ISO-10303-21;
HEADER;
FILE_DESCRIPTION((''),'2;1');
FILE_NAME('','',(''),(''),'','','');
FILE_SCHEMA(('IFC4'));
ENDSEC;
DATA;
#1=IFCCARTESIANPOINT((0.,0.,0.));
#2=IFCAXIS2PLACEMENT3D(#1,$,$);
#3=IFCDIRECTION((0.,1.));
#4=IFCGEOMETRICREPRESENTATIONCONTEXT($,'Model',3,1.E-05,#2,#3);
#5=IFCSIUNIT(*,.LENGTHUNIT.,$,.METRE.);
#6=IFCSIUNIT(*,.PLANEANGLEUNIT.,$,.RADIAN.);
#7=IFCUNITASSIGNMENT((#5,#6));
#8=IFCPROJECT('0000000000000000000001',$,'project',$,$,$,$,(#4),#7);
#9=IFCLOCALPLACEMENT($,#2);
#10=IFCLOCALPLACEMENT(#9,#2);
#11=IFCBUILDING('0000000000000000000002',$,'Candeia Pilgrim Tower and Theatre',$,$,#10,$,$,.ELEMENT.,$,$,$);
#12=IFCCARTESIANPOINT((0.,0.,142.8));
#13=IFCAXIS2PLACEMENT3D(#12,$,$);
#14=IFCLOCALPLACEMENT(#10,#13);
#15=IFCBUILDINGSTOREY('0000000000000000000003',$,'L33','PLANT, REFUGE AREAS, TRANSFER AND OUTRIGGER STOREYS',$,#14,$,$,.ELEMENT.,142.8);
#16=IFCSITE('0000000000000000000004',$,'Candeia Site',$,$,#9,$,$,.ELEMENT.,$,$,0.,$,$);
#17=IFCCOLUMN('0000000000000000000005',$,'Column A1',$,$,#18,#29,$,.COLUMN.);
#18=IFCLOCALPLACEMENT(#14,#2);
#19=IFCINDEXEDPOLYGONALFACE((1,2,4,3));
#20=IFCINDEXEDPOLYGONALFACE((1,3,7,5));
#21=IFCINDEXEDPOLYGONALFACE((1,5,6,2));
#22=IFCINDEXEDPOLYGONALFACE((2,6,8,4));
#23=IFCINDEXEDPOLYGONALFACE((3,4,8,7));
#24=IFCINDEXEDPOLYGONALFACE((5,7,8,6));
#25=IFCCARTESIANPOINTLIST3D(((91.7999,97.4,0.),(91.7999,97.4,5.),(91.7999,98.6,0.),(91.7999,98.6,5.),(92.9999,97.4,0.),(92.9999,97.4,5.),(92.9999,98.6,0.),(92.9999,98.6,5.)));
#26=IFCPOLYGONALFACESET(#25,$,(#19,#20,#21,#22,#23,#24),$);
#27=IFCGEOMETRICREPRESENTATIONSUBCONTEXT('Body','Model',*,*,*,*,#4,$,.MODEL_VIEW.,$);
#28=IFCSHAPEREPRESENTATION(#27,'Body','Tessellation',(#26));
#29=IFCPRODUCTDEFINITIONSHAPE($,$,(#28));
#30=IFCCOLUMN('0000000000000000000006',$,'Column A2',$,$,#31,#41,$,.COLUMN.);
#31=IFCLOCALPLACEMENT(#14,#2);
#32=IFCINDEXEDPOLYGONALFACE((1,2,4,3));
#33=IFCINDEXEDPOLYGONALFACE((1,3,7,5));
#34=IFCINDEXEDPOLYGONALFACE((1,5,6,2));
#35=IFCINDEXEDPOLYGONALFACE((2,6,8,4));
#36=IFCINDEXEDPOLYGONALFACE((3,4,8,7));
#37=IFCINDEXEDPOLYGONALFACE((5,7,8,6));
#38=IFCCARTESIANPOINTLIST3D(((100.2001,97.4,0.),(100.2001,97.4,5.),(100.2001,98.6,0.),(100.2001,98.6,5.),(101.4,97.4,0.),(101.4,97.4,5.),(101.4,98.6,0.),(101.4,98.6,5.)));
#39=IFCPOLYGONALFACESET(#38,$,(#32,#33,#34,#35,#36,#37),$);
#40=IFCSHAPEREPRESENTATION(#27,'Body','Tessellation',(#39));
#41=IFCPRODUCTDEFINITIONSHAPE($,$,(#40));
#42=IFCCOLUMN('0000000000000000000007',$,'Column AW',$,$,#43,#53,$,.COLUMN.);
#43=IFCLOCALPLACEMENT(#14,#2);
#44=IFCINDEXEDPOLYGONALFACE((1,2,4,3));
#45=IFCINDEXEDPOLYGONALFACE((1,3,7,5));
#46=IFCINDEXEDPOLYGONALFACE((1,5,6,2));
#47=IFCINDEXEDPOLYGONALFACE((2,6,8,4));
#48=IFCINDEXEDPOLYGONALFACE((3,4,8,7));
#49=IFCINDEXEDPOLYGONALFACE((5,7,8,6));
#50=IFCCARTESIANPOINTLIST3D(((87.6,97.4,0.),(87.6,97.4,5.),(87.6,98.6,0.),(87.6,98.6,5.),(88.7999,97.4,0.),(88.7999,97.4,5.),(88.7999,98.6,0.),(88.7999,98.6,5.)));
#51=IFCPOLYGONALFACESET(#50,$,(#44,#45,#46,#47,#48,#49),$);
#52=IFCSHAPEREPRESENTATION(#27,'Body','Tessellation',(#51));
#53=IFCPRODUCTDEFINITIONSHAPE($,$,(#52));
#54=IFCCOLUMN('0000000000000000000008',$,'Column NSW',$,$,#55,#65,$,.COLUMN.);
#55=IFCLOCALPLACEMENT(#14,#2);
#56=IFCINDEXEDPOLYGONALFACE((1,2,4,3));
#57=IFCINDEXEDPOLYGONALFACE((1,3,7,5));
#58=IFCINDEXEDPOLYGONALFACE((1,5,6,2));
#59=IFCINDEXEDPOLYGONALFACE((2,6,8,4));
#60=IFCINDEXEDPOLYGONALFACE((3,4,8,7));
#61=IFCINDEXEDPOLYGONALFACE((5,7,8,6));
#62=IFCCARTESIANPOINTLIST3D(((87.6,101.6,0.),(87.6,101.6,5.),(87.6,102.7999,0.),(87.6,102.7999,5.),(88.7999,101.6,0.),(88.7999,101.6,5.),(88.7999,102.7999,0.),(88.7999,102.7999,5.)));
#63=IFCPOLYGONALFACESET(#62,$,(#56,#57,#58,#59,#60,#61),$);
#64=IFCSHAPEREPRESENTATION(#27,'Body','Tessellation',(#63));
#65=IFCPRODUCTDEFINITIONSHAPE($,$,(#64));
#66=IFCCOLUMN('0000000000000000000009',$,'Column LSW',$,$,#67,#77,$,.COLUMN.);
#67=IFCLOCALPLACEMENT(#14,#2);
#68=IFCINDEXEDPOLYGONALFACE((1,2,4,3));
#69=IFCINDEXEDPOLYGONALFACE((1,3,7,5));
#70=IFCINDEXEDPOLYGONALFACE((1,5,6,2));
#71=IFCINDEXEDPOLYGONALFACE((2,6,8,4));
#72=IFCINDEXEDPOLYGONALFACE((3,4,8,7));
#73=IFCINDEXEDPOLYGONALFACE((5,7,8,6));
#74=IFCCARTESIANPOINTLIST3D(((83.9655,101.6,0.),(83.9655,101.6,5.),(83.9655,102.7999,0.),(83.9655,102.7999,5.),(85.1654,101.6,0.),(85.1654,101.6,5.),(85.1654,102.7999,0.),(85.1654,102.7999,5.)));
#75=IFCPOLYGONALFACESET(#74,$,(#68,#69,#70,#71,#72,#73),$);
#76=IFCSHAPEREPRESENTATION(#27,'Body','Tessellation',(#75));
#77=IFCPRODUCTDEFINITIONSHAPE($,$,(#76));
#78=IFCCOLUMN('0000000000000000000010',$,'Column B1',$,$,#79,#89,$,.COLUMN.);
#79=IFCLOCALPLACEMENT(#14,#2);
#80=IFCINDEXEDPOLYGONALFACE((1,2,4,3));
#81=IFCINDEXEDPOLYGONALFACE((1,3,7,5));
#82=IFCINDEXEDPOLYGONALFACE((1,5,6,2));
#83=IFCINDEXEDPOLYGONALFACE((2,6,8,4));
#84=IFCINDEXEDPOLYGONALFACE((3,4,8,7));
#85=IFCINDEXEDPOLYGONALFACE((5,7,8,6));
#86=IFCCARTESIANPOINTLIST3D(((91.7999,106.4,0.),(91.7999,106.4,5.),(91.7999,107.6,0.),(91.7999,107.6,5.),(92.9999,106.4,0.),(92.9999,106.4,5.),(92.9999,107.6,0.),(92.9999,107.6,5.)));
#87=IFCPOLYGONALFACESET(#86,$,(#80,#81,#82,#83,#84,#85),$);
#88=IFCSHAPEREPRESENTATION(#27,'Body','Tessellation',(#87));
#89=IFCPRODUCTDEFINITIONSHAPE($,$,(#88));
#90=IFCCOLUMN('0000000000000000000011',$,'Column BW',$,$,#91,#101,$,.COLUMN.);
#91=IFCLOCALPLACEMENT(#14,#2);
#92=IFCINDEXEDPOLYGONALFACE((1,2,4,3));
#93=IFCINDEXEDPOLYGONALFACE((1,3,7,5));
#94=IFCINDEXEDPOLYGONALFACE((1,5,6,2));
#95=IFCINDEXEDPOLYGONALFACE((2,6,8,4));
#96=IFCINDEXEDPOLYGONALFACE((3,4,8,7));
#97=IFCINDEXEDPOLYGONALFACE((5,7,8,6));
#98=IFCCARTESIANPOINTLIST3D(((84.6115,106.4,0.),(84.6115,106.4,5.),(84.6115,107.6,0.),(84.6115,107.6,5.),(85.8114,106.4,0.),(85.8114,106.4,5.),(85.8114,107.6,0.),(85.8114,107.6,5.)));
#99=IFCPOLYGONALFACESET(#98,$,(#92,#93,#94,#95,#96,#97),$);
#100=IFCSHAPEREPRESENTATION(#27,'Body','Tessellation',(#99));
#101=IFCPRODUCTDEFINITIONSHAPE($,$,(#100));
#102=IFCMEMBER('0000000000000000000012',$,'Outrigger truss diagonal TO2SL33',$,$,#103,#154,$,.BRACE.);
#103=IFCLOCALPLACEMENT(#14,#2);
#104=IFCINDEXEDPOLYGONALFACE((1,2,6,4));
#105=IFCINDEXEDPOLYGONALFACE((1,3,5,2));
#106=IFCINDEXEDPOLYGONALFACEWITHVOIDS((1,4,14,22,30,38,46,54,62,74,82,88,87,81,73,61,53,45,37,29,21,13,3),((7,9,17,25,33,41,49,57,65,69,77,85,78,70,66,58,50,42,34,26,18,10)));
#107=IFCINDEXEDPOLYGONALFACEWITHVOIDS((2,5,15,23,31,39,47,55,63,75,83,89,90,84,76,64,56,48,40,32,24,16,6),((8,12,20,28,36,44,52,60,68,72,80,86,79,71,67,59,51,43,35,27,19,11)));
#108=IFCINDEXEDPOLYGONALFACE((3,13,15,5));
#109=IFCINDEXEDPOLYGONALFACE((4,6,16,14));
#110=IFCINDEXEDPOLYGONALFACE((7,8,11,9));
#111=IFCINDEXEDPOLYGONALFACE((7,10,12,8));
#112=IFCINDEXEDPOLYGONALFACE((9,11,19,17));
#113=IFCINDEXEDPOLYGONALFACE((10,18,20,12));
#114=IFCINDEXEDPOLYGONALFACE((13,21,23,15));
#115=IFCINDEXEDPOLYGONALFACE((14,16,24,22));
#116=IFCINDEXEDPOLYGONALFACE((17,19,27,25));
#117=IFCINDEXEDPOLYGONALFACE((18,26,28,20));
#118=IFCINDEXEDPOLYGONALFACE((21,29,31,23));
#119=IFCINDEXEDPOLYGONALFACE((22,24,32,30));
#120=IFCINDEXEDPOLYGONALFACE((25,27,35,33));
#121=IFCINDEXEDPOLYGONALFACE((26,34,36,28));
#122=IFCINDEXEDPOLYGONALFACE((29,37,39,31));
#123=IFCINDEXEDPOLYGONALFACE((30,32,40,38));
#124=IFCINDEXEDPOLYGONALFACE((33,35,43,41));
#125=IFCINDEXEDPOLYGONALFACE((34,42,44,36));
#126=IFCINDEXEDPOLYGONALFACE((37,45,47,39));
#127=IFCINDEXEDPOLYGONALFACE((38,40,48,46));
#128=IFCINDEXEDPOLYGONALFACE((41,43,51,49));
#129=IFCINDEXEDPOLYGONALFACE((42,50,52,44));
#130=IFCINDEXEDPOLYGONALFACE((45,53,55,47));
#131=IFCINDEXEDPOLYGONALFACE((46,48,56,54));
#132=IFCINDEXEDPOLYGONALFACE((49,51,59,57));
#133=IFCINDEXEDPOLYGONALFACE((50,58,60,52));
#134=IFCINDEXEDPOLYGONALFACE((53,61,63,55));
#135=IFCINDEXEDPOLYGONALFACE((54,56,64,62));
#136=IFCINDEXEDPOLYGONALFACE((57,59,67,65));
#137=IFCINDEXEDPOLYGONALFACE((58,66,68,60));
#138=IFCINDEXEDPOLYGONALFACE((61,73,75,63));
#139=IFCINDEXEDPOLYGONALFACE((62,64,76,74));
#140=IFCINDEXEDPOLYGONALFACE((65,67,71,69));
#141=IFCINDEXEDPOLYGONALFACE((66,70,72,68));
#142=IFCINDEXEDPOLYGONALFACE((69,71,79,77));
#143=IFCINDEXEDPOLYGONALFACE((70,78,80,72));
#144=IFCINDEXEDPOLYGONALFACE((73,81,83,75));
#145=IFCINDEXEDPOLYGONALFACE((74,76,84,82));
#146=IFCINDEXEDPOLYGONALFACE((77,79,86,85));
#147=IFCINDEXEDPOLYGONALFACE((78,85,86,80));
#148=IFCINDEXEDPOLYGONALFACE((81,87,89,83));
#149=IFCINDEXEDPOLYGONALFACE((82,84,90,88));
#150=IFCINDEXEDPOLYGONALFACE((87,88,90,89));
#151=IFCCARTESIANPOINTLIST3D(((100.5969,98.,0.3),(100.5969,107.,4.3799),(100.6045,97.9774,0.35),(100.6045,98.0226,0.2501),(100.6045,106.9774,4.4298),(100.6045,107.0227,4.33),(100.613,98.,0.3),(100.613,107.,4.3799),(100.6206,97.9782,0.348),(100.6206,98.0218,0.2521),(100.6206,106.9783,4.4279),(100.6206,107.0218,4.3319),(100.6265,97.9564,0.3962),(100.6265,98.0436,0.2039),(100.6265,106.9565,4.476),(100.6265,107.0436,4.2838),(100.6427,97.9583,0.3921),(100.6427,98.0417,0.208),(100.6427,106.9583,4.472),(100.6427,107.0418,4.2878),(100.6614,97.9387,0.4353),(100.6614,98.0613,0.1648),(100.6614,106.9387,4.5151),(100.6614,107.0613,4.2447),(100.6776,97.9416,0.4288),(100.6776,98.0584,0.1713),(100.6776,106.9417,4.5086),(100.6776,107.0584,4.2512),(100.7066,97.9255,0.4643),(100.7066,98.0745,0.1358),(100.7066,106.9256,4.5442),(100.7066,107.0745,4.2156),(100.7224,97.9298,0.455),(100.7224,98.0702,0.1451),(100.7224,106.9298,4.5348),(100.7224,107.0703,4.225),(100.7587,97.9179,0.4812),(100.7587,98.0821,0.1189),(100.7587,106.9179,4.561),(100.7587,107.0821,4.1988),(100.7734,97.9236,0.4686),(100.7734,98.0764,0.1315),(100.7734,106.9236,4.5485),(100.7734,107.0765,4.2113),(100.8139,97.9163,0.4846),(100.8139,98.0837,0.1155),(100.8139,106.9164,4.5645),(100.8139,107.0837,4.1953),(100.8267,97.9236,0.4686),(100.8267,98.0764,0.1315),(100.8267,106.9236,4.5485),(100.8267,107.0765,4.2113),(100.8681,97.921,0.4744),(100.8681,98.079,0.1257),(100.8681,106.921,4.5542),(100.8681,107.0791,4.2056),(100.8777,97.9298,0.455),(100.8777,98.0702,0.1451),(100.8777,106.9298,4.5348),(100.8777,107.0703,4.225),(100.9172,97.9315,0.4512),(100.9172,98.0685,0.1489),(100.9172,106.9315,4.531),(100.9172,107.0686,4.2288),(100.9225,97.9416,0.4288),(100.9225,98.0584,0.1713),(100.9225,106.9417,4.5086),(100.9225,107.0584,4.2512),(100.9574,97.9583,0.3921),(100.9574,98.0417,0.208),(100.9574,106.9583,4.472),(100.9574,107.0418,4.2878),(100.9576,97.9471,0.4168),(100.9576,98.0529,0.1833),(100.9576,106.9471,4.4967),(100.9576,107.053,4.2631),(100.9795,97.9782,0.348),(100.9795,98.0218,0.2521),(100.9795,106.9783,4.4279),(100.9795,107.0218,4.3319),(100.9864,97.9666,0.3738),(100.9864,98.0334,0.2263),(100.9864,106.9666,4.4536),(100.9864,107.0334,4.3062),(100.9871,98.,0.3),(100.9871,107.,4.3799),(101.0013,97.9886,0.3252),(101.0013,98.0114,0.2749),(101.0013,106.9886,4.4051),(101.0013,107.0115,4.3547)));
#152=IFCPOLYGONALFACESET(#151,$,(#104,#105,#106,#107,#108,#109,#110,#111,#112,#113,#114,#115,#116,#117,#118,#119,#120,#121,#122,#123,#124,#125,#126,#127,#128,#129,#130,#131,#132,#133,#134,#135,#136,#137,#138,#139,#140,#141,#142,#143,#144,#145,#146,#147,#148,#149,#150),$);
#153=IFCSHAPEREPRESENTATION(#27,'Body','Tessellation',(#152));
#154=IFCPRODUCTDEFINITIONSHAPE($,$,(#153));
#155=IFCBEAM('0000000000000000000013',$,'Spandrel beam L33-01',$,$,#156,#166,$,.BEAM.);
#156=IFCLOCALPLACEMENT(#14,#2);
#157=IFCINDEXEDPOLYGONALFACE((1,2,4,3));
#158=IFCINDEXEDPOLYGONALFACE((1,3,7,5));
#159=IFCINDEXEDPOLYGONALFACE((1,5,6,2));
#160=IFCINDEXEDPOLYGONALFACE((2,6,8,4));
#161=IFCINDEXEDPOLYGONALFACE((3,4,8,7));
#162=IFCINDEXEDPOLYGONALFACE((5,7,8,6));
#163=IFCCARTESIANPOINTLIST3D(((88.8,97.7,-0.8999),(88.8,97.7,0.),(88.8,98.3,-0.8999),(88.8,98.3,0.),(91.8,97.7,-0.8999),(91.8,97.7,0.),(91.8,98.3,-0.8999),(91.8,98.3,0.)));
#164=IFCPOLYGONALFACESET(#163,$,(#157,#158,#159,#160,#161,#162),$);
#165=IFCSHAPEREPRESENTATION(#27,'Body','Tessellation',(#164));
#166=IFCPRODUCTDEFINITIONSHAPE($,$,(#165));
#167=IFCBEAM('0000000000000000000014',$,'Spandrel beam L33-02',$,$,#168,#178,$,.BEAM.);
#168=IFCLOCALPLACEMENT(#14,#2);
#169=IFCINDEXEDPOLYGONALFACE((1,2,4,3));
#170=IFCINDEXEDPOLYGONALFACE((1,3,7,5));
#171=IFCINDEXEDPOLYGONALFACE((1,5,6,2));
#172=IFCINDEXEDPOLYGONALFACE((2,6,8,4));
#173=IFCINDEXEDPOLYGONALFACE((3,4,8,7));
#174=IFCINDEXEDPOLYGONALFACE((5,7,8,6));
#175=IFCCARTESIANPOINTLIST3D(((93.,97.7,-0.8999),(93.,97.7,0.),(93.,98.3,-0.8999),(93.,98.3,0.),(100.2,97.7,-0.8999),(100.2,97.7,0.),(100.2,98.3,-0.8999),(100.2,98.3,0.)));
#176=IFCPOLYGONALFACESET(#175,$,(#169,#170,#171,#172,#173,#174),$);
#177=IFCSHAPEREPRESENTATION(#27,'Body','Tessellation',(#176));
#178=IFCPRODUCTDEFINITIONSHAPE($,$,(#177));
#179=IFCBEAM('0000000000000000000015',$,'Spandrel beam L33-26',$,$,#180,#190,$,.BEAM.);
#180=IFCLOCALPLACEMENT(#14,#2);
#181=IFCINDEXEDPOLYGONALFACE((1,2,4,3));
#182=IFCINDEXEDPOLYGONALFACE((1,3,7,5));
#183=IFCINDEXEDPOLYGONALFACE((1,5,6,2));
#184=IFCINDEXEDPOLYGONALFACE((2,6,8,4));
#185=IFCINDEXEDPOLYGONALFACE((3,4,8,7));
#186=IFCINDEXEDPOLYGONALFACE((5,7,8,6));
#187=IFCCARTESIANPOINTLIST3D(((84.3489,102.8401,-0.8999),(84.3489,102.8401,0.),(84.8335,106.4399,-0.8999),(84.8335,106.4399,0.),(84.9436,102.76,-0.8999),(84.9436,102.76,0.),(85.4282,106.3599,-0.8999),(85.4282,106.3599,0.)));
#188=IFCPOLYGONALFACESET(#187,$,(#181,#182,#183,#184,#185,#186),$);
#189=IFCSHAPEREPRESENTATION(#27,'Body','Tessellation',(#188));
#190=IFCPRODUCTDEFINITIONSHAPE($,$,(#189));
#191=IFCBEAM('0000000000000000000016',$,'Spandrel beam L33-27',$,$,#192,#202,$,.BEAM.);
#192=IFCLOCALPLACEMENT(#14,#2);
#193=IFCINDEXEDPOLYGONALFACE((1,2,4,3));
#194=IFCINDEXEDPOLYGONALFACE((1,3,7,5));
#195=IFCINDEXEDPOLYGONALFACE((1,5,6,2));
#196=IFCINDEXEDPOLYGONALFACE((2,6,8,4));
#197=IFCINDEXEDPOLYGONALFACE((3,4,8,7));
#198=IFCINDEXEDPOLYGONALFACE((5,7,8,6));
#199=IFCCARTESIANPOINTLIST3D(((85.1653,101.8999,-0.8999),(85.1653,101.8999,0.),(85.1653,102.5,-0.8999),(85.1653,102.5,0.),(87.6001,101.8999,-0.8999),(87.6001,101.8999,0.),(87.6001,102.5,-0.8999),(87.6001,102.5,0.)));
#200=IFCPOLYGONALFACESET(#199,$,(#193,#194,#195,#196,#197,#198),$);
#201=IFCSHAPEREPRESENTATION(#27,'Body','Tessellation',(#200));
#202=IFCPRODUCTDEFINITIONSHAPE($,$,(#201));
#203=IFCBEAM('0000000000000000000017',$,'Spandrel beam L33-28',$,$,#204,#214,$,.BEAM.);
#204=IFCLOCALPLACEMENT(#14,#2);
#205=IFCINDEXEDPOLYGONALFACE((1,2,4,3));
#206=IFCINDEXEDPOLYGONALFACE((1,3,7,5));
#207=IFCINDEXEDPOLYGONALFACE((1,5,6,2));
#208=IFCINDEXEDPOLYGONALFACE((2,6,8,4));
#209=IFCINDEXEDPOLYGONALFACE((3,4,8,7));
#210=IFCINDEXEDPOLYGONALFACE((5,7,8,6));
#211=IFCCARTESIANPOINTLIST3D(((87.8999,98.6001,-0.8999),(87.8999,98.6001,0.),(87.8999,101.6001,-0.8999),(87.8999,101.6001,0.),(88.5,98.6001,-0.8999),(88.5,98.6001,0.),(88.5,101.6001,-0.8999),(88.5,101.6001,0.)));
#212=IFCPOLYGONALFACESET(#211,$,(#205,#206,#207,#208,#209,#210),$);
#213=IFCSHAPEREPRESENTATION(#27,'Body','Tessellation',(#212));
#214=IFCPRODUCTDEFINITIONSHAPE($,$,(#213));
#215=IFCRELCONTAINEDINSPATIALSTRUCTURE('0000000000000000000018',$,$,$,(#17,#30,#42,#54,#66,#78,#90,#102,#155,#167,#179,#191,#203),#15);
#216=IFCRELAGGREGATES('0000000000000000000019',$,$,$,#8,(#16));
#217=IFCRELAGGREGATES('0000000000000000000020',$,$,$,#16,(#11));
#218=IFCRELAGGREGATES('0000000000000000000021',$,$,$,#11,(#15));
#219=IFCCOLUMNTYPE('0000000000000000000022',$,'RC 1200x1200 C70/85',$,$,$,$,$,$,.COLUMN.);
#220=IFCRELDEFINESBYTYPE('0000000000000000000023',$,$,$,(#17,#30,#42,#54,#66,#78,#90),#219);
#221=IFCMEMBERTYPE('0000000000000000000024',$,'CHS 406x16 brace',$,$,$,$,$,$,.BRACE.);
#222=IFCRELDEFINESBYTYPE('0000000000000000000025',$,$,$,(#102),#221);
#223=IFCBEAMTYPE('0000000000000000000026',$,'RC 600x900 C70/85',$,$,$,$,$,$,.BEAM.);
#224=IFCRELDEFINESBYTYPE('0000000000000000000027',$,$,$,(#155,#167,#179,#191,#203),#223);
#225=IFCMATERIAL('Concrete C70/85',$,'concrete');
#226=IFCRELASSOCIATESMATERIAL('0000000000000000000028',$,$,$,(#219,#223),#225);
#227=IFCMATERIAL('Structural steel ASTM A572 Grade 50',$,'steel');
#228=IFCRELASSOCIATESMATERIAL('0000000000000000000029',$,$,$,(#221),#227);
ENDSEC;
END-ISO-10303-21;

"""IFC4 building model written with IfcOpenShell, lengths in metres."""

from ifc_helpers import new_model, si_unit, direction, frame, origin, origin_2d, place, context, subcontext, project, spatial, rectangle, hollow_circle, extrude, material, material_profile, profile_set, type_object, element, save


model = new_model("IFC4")

# Units and contexts
model_context = context("Model", 3, precision=1e-05, world=origin(), true_north=direction((0.0, 1.0)))
body_context = subcontext(model_context, "Body", "Model", "MODEL_VIEW")
ifc_project = project(units=[si_unit("LENGTHUNIT", "METRE"), si_unit("PLANEANGLEUNIT", "RADIAN")], contexts=[model_context])

# Site, building, storey
site_placement = place(None, origin())
site = spatial("IfcSite", under=ifc_project, at=site_placement, Name="Candeia Site", CompositionType="ELEMENT", RefElevation=0.0)
building_placement = place(site_placement, origin())
building = spatial("IfcBuilding", under=site, at=building_placement, Name="Candeia Pilgrim Tower and Theatre", CompositionType="ELEMENT")
storey_placement = place(building_placement, frame((0.0, 0.0, 142.8)))
storey = spatial("IfcBuildingStorey", under=building, at=storey_placement, Name="L33", Description="PLANT, REFUGE AREAS, TRANSFER AND OUTRIGGER STOREYS", CompositionType="ELEMENT", Elevation=142.8)

# Columns
ifc_material_1 = material(Name="Concrete C70/85", Category="concrete")
ifc_material_profile_1 = material_profile(ifc_material_1, rectangle(XDim=1.2, YDim=1.2, at=origin_2d()))
ifc_profile_set_1 = profile_set([ifc_material_profile_1], Name="Concrete C70/85")
column_type = type_object("IfcColumnType", Name="RC 1200x1200 C70/85", PredefinedType="COLUMN", material=ifc_profile_set_1)
for number, where, z_axis, x_axis, name in (
    (1, (92.3999, 98.0, 0.0), (0.0, 0.0, 1.0), (1.0, 0.0, 0.0), "Column A1"),
    (2, (100.8, 98.0, 0.0), (0.0, 0.0, 1.0), (1.0, 0.0, 0.0), "Column A2"),
    (3, (88.2, 98.0, 0.0), (0.0, 0.0, 1.0), (1.0, 0.0, 0.0), "Column AW"),
    (4, (88.2, 102.2, 0.0), (0.0, 0.0, 1.0), (1.0, 0.0, 0.0), "Column NSW"),
    (5, (84.5654, 102.2, 0.0), (0.0, 0.0, 1.0), (1.0, 0.0, 0.0), "Column LSW"),
    (6, (92.3999, 107.0, 0.0), (0.0, 0.0, 1.0), (1.0, 0.0, 0.0), "Column B1"),
    (7, (85.2114, 107.0, 0.0), (0.0, 0.0, 1.0), (1.0, 0.0, 0.0), "Column BW"),
):
    element("IfcColumn", number, at=place(storey_placement, frame(where, z_axis=z_axis, x_axis=x_axis)), inside=storey, type_object=column_type, Name=name, PredefinedType="COLUMN", context=body_context, shape_type="SweptSolid", body=[
        extrude(rectangle(XDim=1.2, YDim=1.2, at=origin_2d()), origin(), (0.0, 0.0, 1.0), 5.0),
    ])

# Member
ifc_material_2 = material(Name="Structural steel ASTM A572 Grade 50", Category="steel")
ifc_material_profile_2 = material_profile(ifc_material_2, hollow_circle(Radius=0.2031, WallThickness=0.0161, at=origin_2d()))
ifc_profile_set_2 = profile_set([ifc_material_profile_2], Name="Structural steel ASTM A572 Grade 50")
member_type = type_object("IfcMemberType", Name="CHS 406x16 brace", PredefinedType="BRACE", material=ifc_profile_set_2)
member_placement = place(storey_placement, frame((100.8, 98.0, 0.3), z_axis=(0.0, 0.910788, 0.412874), x_axis=(-1.0, 0.0, 0.0)))
element("IfcMember", 8, at=member_placement, inside=storey, type_object=member_type, Name="Outrigger truss diagonal TO2SL33", PredefinedType="BRACE", context=body_context, shape_type="SweptSolid", body=[
    extrude(hollow_circle(Radius=0.2031, WallThickness=0.0161, at=origin_2d()), origin(), (0.0, 0.0, 1.0), 9.8816),
])

# Beams
ifc_material_profile_3 = material_profile(ifc_material_1, rectangle(XDim=0.6001, YDim=0.8999, at=origin_2d()))
ifc_profile_set_3 = profile_set([ifc_material_profile_3], Name="Concrete C70/85")
beam_type = type_object("IfcBeamType", Name="RC 600x900 C70/85", PredefinedType="BEAM", material=ifc_profile_set_3)
beam_1_placement = place(storey_placement, frame((88.8, 98.0, -0.45), z_axis=(1.0, 0.0, 0.0), x_axis=(0.0, 1.0, 0.0)))
element("IfcBeam", 9, at=beam_1_placement, inside=storey, type_object=beam_type, Name="Spandrel beam L33-01", PredefinedType="BEAM", context=body_context, shape_type="SweptSolid", body=[
    extrude(rectangle(XDim=0.6001, YDim=0.8999, at=origin_2d()), origin(), (0.0, 0.0, 1.0), 3.0),
])
beam_2_placement = place(storey_placement, frame((93.0, 98.0, -0.45), z_axis=(1.0, 0.0, 0.0), x_axis=(0.0, 1.0, 0.0)))
element("IfcBeam", 10, at=beam_2_placement, inside=storey, type_object=beam_type, Name="Spandrel beam L33-02", PredefinedType="BEAM", context=body_context, shape_type="SweptSolid", body=[
    extrude(rectangle(XDim=0.6001, YDim=0.8999, at=origin_2d()), origin(), (0.0, 0.0, 1.0), 7.2),
])
beam_3_placement = place(storey_placement, frame((85.1309, 106.3999, -0.45), z_axis=(-0.133418, -0.99106, 0.0), x_axis=(0.99106, -0.133418, 0.0)))
element("IfcBeam", 11, at=beam_3_placement, inside=storey, type_object=beam_type, Name="Spandrel beam L33-26", PredefinedType="BEAM", context=body_context, shape_type="SweptSolid", body=[
    extrude(rectangle(XDim=0.6001, YDim=0.8999, at=origin_2d()), origin(), (0.0, 0.0, 1.0), 3.6323),
])
beam_4_placement = place(storey_placement, frame((85.1653, 102.2, -0.45), z_axis=(1.0, 0.0, 0.0), x_axis=(0.0, 1.0, 0.0)))
element("IfcBeam", 12, at=beam_4_placement, inside=storey, type_object=beam_type, Name="Spandrel beam L33-27", PredefinedType="BEAM", context=body_context, shape_type="SweptSolid", body=[
    extrude(rectangle(XDim=0.6001, YDim=0.8999, at=origin_2d()), origin(), (0.0, 0.0, 1.0), 2.4348),
])
beam_5_placement = place(storey_placement, frame((88.2, 101.6001, -0.45), z_axis=(0.0, -1.0, 0.0), x_axis=(1.0, 0.0, 0.0)))
element("IfcBeam", 13, at=beam_5_placement, inside=storey, type_object=beam_type, Name="Spandrel beam L33-28", PredefinedType="BEAM", context=body_context, shape_type="SweptSolid", body=[
    extrude(rectangle(XDim=0.6001, YDim=0.8999, at=origin_2d()), origin(), (0.0, 0.0, 1.0), 3.0),
])

save(model, "model.ifc")
